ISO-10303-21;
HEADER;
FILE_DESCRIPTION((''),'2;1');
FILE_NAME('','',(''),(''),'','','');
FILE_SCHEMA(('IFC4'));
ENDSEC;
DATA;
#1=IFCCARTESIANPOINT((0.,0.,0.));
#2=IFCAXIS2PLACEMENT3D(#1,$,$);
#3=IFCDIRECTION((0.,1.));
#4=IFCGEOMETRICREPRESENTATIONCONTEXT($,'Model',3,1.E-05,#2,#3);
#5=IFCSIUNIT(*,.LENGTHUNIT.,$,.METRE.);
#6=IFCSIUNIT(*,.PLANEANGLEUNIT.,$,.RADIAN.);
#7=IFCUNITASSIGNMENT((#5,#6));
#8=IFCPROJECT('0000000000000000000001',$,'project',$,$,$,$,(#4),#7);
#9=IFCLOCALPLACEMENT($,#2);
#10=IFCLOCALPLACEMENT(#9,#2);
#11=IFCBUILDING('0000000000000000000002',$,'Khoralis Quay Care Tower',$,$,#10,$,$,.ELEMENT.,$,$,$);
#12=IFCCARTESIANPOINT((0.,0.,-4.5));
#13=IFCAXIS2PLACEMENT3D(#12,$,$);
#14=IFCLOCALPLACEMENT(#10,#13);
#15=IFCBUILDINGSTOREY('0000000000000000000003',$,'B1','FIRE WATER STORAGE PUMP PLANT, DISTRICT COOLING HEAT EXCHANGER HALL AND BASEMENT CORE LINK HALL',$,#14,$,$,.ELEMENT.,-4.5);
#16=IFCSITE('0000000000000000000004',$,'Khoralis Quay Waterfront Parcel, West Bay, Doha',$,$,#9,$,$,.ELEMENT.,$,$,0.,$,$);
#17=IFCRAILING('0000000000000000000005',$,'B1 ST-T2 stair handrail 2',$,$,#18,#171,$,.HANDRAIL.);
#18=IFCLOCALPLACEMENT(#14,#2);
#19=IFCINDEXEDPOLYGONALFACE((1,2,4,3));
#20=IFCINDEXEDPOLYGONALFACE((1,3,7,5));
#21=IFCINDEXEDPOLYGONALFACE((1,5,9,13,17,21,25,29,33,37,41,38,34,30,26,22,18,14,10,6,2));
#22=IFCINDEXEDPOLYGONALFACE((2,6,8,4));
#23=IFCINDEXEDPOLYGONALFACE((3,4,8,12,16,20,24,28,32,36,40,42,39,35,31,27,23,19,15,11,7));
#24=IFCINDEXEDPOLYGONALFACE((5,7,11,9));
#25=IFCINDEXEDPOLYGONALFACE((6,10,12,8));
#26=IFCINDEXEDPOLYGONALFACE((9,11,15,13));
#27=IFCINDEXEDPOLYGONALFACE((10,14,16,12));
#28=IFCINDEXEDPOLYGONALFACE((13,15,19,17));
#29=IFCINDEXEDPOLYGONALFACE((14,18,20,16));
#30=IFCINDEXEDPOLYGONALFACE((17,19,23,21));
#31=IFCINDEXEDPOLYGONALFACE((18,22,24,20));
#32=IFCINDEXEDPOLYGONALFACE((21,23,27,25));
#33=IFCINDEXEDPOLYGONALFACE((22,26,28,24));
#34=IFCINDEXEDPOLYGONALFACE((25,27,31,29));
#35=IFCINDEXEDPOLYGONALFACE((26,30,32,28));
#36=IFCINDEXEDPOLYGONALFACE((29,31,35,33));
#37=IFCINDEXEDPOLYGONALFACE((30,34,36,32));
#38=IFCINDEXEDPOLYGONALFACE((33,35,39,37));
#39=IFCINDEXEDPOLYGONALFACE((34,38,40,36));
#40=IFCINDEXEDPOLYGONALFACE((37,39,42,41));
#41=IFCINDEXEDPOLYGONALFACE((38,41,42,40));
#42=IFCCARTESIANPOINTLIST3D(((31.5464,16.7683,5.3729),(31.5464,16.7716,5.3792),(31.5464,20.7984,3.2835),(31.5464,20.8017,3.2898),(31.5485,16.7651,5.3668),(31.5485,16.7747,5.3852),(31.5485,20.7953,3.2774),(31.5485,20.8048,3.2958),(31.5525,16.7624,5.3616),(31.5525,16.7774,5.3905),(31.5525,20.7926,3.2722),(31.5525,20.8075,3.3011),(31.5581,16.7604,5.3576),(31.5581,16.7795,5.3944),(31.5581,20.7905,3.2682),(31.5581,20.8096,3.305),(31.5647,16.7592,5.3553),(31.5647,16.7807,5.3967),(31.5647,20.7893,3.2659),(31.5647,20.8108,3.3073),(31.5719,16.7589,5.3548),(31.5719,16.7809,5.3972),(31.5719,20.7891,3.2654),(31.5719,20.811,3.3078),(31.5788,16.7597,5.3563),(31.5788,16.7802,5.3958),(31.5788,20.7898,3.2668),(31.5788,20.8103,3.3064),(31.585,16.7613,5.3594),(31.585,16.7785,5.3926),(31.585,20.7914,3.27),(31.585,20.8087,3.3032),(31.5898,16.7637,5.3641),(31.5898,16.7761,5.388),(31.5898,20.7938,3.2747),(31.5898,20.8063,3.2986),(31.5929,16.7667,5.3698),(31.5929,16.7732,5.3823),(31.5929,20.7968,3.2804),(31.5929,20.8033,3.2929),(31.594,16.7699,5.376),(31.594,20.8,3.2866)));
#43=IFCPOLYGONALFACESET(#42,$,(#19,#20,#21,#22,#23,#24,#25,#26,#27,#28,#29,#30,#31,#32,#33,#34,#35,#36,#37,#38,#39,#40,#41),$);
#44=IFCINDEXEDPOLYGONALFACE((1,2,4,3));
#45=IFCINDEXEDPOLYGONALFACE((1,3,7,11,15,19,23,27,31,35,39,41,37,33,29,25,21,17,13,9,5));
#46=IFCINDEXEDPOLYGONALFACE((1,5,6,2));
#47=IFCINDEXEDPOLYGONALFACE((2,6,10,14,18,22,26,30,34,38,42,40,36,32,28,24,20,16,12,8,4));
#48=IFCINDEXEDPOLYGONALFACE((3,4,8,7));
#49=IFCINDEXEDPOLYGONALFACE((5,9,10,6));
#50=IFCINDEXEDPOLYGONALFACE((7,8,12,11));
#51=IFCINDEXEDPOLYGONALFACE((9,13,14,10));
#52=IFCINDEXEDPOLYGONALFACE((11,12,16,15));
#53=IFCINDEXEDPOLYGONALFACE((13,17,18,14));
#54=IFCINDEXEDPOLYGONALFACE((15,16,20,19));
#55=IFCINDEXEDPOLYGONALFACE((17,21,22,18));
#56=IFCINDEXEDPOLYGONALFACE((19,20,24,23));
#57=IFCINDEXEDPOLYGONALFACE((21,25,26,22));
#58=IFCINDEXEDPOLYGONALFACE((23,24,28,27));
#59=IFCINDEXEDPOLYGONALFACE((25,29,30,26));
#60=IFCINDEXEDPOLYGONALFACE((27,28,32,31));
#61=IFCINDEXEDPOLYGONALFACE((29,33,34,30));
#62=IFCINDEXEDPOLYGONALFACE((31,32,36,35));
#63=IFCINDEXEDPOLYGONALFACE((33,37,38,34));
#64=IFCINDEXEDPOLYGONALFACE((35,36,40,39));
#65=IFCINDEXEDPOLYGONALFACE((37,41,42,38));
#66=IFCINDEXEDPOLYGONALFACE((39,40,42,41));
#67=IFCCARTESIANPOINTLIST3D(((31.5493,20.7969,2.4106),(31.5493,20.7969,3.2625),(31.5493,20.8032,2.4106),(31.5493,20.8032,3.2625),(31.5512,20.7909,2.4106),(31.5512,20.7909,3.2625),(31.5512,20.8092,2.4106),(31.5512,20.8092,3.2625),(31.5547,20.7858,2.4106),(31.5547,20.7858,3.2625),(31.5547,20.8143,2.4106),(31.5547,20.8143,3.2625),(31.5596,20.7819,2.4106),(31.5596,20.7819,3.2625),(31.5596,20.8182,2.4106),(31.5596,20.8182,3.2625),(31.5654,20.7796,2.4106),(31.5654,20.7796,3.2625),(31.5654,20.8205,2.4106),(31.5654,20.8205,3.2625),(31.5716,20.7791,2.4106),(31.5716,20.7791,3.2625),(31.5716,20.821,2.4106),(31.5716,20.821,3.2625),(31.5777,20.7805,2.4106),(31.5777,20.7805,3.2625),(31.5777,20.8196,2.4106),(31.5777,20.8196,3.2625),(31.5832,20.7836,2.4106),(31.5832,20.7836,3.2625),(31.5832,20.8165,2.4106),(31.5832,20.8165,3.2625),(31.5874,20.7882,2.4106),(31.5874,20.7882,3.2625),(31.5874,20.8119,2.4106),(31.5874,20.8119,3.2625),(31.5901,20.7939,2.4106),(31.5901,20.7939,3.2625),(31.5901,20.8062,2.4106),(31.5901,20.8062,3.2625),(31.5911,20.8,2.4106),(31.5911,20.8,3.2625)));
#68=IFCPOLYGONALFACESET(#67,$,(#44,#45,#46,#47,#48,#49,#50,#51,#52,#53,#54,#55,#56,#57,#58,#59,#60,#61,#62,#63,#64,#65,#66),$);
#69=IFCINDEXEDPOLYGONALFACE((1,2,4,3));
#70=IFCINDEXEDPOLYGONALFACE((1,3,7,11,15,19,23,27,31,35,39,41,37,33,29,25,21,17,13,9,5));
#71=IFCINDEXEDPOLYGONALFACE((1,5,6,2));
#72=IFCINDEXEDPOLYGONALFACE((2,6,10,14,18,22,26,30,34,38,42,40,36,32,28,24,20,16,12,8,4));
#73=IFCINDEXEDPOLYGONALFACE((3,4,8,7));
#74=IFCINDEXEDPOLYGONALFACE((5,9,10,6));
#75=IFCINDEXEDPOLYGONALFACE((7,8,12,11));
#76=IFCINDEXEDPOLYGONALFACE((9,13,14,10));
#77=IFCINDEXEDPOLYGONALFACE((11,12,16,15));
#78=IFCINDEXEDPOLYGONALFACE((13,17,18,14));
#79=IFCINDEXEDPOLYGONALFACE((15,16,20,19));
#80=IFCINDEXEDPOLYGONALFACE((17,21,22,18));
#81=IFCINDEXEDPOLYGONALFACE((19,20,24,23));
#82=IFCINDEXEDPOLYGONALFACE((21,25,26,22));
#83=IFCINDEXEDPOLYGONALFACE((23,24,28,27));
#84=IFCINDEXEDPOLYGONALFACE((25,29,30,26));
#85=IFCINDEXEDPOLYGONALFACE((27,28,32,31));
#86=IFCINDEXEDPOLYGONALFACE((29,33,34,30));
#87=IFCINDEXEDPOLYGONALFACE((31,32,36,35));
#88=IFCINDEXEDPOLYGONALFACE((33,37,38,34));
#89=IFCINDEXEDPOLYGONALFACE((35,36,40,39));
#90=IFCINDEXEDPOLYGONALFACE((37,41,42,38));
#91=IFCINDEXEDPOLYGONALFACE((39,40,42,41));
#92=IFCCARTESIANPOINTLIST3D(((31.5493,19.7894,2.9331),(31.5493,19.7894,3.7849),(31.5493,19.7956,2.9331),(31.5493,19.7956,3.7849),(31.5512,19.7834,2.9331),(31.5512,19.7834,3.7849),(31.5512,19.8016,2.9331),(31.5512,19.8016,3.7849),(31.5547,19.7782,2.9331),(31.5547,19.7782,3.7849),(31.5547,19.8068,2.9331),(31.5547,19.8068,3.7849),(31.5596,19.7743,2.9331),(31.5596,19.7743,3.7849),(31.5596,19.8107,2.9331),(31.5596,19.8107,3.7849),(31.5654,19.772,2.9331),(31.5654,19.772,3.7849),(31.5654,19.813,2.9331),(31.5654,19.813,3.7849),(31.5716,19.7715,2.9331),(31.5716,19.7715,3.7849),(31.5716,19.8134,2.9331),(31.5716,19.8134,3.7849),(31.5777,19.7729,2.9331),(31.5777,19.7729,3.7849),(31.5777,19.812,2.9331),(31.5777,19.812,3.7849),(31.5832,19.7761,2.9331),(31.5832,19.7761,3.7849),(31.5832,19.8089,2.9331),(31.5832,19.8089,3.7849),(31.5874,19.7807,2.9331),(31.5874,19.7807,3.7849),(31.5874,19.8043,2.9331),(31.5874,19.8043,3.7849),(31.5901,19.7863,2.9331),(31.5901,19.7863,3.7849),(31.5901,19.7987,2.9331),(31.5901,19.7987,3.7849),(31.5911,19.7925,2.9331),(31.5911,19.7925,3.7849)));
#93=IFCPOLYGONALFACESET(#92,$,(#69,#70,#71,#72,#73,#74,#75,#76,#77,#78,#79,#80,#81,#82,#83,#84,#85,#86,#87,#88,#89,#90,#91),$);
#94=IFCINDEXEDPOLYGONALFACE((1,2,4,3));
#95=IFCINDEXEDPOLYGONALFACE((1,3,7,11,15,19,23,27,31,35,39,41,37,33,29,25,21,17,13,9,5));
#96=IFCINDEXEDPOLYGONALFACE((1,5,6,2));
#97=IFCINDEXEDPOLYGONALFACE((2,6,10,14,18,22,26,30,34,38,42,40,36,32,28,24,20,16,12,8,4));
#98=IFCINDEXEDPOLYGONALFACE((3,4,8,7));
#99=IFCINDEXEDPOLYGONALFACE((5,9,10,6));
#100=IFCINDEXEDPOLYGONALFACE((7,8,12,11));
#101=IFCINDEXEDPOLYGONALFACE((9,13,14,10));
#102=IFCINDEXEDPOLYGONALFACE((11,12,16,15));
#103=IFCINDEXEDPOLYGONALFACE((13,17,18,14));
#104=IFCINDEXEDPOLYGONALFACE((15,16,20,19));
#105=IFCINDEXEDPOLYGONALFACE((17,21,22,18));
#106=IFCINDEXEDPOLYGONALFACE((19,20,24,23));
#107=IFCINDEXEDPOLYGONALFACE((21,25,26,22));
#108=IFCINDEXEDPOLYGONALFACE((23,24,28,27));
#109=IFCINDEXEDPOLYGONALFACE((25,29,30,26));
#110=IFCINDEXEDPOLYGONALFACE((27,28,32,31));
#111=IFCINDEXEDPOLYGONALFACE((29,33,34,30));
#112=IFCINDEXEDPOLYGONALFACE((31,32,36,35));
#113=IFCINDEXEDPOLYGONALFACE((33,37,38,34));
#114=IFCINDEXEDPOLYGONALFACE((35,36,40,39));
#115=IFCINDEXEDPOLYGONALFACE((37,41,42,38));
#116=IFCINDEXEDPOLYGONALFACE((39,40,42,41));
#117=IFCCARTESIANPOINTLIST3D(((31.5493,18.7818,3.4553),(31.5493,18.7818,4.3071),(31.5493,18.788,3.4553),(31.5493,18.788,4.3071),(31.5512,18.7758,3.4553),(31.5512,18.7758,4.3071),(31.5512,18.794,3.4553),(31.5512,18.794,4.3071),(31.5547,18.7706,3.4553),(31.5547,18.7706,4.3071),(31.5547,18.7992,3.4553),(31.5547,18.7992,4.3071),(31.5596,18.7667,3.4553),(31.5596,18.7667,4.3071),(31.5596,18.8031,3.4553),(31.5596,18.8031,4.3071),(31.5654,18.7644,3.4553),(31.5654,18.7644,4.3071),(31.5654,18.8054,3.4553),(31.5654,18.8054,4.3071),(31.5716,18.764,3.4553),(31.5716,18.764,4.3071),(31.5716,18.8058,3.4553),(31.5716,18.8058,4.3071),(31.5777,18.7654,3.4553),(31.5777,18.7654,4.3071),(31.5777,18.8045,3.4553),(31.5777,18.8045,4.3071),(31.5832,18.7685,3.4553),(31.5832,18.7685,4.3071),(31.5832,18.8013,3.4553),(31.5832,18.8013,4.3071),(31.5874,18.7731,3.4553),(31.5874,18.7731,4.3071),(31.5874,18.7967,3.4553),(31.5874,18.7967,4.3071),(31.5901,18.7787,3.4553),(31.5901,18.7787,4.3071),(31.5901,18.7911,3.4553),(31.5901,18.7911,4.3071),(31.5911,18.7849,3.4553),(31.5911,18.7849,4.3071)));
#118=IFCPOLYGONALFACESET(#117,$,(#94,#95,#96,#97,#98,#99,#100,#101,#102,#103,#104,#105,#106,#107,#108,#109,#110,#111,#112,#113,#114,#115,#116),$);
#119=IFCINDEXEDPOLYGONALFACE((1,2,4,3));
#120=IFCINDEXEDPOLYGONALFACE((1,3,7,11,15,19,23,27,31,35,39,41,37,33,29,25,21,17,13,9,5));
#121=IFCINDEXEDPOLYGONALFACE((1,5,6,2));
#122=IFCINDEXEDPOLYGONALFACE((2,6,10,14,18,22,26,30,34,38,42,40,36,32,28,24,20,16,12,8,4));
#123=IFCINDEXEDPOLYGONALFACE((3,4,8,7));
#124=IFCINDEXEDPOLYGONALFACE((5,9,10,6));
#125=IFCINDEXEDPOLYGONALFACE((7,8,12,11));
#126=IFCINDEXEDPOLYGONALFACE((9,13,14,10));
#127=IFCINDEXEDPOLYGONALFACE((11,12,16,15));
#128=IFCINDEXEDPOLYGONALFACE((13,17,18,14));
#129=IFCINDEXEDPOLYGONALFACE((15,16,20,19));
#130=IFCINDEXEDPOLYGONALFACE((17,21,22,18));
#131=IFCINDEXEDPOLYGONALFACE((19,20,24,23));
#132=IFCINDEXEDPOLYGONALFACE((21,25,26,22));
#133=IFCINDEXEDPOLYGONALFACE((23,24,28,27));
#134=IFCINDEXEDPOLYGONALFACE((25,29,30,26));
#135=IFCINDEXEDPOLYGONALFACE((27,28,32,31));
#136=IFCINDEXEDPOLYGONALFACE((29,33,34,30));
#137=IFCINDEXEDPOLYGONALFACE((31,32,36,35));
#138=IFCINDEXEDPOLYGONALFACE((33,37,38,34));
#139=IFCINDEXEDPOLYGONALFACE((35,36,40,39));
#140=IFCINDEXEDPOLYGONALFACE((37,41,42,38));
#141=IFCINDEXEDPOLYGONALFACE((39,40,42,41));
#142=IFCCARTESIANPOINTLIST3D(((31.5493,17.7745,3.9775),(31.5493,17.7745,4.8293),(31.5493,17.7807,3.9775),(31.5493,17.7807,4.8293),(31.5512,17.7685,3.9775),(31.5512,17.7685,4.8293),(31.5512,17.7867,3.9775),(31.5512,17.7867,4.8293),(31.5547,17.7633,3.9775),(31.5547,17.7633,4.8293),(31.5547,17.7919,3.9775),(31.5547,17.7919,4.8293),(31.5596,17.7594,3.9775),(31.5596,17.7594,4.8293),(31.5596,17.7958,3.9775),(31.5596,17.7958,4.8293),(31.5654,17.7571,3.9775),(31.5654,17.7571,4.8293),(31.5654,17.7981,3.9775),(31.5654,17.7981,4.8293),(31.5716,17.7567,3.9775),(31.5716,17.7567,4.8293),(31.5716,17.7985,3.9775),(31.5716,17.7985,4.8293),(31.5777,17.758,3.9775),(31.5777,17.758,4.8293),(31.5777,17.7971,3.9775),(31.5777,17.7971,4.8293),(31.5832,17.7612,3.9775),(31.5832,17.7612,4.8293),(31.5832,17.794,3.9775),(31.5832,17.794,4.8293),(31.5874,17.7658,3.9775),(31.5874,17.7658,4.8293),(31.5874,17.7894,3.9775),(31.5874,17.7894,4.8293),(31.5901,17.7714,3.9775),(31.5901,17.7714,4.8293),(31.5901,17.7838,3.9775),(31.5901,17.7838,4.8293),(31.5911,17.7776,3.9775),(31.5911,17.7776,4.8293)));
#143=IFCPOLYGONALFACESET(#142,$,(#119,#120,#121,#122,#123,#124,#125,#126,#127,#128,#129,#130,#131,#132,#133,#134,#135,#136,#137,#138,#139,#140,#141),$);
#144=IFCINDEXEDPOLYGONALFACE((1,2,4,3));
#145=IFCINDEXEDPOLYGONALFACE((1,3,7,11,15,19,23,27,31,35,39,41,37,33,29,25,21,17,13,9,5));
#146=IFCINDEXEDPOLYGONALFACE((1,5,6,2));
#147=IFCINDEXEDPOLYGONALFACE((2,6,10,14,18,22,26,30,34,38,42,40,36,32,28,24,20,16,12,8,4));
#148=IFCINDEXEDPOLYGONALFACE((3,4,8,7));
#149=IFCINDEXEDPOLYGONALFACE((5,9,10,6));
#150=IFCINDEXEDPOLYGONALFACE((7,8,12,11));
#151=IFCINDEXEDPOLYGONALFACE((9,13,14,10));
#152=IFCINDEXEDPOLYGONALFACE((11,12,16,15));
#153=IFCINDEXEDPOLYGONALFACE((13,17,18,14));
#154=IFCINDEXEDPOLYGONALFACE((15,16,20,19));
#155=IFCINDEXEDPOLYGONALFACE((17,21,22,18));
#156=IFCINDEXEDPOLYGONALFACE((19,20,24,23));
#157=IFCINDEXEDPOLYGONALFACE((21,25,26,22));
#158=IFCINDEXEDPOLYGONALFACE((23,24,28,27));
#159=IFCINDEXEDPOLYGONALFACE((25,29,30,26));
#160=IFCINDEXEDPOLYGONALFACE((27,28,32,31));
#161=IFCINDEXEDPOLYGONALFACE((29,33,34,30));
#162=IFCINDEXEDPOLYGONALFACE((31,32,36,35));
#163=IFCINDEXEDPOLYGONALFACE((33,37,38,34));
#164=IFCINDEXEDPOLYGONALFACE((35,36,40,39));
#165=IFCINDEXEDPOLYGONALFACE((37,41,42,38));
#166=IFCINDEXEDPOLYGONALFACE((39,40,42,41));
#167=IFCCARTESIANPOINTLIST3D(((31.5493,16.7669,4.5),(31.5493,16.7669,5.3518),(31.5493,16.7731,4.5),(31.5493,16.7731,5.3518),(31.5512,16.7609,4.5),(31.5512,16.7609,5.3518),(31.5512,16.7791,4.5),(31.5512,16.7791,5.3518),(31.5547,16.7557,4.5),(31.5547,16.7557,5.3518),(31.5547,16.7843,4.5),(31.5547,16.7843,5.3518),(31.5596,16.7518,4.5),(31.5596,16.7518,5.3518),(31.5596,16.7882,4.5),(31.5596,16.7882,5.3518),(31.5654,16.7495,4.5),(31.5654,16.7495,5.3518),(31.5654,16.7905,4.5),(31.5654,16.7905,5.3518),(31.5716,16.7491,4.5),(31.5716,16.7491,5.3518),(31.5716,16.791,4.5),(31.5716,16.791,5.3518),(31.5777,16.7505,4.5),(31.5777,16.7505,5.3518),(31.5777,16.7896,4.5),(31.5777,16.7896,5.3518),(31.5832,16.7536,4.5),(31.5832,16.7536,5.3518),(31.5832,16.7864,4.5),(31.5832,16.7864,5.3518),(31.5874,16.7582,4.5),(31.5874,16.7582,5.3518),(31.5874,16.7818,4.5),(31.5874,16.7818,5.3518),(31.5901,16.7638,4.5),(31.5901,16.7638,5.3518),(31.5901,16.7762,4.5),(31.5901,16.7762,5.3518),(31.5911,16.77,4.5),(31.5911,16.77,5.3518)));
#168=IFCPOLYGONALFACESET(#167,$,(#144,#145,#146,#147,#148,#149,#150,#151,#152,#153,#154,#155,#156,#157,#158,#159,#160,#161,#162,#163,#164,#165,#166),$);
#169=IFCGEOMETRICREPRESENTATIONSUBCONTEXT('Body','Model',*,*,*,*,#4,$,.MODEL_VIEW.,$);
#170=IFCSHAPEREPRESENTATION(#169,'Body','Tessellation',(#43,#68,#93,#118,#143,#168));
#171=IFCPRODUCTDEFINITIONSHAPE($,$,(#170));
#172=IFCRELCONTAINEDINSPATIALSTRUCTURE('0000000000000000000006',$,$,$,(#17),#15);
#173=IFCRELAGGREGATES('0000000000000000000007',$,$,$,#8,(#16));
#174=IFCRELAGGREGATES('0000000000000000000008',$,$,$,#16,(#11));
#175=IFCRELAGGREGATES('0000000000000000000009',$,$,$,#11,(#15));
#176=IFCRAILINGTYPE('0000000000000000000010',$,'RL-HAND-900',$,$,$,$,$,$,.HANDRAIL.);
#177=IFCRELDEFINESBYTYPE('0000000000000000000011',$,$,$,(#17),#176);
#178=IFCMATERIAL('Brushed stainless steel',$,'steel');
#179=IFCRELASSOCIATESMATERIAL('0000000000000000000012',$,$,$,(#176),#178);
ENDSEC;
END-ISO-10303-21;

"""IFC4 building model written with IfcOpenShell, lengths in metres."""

from ifc_helpers import new_model, si_unit, direction, frame, origin, origin_2d, place, context, subcontext, project, spatial, circle, extrude, material, type_object, element, save


model = new_model("IFC4")

# Units and contexts
model_context = context("Model", 3, precision=1e-05, world=origin(), true_north=direction((0.0, 1.0)))
body_context = subcontext(model_context, "Body", "Model", "MODEL_VIEW")
ifc_project = project(units=[si_unit("LENGTHUNIT", "METRE"), si_unit("PLANEANGLEUNIT", "RADIAN")], contexts=[model_context])

# Site, building, storey
site_placement = place(None, origin())
site = spatial("IfcSite", under=ifc_project, at=site_placement, Name="Khoralis Quay Waterfront Parcel, West Bay, Doha", CompositionType="ELEMENT", RefElevation=0.0)
building_placement = place(site_placement, origin())
building = spatial("IfcBuilding", under=site, at=building_placement, Name="Khoralis Quay Care Tower", CompositionType="ELEMENT")
storey_placement = place(building_placement, frame((0.0, 0.0, -4.5)))
storey = spatial("IfcBuildingStorey", under=building, at=storey_placement, Name="B1", Description="FIRE WATER STORAGE PUMP PLANT, DISTRICT COOLING HEAT EXCHANGER HALL AND BASEMENT CORE LINK HALL", CompositionType="ELEMENT", Elevation=-4.5)

# Railing
ifc_material_1 = material(Name="Brushed stainless steel", Category="steel")
railing_type_1 = type_object("IfcRailingType", Name="RL-HAND-900", PredefinedType="HANDRAIL", material=ifc_material_1)
railing_1_placement = place(storey_placement, frame((31.5701, 20.8, 2.4106)))
element("IfcRailing", 1, at=railing_1_placement, inside=storey, type_object=railing_type_1, Name="B1 ST-T2 stair handrail 2", PredefinedType="HANDRAIL", context=body_context, shape_type="SweptSolid", body=[
    extrude(circle(Radius=0.0239, at=origin_2d()), frame((0.0, 0.0, 0.876), z_axis=(0.0, -0.887781, 0.460267), x_axis=(1.0, 0.0, 0.0)), (0.0, 0.0, 1.0), 4.5396),
    extrude(circle(Radius=0.021, at=origin_2d()), origin(), (0.0, 0.0, 1.0), 0.8518),
    extrude(circle(Radius=0.021, at=origin_2d()), frame((0.0, -1.0076, 0.5225)), (0.0, 0.0, 1.0), 0.8518),
    extrude(circle(Radius=0.021, at=origin_2d()), frame((0.0, -2.0151, 1.0447)), (0.0, 0.0, 1.0), 0.8518),
    extrude(circle(Radius=0.021, at=origin_2d()), frame((0.0, -3.0225, 1.5669)), (0.0, 0.0, 1.0), 0.8518),
    extrude(circle(Radius=0.021, at=origin_2d()), frame((0.0, -4.03, 2.0894)), (0.0, 0.0, 1.0), 0.8518),
])

save(model, "model.ifc")
